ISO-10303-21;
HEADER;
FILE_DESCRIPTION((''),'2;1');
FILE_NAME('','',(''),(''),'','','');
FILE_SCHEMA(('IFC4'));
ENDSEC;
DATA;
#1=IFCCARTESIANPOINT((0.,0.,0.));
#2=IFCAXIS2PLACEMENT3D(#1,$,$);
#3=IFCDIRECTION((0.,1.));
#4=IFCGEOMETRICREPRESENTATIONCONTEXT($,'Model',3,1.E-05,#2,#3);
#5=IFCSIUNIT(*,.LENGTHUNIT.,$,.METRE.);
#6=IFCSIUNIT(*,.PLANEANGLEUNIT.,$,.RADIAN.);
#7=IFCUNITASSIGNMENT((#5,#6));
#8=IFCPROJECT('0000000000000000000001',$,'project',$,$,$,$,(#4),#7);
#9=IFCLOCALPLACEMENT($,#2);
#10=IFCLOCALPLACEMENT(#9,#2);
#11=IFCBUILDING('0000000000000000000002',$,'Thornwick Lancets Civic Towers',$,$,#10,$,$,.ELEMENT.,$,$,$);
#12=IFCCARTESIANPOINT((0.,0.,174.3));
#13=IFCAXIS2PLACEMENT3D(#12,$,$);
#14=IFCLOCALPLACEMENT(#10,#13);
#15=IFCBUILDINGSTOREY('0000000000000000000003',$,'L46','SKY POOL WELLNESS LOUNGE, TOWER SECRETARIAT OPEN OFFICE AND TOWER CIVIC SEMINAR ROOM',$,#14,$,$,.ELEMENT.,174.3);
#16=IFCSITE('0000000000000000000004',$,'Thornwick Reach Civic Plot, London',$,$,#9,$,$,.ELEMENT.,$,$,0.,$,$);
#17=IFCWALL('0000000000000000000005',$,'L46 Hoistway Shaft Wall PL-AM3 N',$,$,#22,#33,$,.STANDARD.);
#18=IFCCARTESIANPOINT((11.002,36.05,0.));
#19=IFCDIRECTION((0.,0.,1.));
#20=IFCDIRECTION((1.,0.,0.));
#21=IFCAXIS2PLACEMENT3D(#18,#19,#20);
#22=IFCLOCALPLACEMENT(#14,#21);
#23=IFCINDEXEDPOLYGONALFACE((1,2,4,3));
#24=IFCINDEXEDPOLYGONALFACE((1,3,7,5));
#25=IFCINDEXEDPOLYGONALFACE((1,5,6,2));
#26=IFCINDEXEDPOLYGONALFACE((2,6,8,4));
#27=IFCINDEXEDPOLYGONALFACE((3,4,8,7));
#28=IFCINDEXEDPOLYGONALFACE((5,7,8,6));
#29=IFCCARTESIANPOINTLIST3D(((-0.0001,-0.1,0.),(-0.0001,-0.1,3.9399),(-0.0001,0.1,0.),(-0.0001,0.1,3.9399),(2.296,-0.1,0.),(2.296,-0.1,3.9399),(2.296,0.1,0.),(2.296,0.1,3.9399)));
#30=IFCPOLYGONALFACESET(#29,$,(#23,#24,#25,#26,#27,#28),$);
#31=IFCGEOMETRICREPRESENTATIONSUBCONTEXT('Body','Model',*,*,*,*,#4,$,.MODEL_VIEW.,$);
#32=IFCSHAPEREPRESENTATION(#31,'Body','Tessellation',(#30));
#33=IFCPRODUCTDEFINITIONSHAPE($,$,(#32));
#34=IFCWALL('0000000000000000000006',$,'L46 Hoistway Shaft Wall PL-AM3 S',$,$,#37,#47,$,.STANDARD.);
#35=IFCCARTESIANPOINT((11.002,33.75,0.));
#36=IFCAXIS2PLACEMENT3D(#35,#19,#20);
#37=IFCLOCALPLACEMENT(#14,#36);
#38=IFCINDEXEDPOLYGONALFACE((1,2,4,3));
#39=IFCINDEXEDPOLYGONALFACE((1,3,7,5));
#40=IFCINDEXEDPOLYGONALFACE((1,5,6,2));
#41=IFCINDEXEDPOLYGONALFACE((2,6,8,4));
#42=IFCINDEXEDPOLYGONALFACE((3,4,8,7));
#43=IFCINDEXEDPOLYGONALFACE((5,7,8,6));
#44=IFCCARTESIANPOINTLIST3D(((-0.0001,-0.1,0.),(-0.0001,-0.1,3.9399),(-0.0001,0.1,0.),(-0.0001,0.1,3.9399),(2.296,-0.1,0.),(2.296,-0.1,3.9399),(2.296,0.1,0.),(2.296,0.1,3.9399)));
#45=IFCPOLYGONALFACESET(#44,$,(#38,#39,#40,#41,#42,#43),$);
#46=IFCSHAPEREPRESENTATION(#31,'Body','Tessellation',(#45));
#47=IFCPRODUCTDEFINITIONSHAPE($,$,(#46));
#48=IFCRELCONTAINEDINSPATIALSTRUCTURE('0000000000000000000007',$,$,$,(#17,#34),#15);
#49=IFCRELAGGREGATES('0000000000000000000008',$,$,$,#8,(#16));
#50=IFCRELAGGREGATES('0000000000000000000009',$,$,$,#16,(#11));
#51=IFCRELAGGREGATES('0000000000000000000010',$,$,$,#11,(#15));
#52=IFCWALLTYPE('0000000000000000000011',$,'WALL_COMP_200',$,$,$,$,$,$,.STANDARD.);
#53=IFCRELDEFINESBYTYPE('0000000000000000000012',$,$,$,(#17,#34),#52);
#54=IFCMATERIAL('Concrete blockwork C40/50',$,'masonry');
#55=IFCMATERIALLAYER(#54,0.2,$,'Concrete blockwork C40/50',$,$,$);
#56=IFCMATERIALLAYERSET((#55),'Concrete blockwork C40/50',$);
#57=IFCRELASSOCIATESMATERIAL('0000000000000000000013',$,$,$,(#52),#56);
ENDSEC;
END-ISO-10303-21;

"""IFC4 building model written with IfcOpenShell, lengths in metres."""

from ifc_helpers import new_model, si_unit, direction, frame, frame_2d, origin, place, context, subcontext, project, spatial, rectangle, extrude, material, layer, layer_set, type_object, element, save


model = new_model("IFC4")

# Units and contexts
model_context = context("Model", 3, precision=1e-05, world=origin(), true_north=direction((0.0, 1.0)))
body_context = subcontext(model_context, "Body", "Model", "MODEL_VIEW")
ifc_project = project(units=[si_unit("LENGTHUNIT", "METRE"), si_unit("PLANEANGLEUNIT", "RADIAN")], contexts=[model_context])

# Site, building, storey
site_placement = place(None, origin())
site = spatial("IfcSite", under=ifc_project, at=site_placement, Name="Thornwick Reach Civic Plot, London", CompositionType="ELEMENT", RefElevation=0.0)
building_placement = place(site_placement, origin())
building = spatial("IfcBuilding", under=site, at=building_placement, Name="Thornwick Lancets Civic Towers", CompositionType="ELEMENT")
storey_placement = place(building_placement, frame((0.0, 0.0, 174.3)))
storey = spatial("IfcBuildingStorey", under=building, at=storey_placement, Name="L46", Description="SKY POOL WELLNESS LOUNGE, TOWER SECRETARIAT OPEN OFFICE AND TOWER CIVIC SEMINAR ROOM", CompositionType="ELEMENT", Elevation=174.3)

# Shared definitions
ifc_material_1 = material(Name="Concrete blockwork C40/50", Category="masonry")
ifc_layer_1 = layer(ifc_material_1, 0.2, Name="Concrete blockwork C40/50")
ifc_layer_set_1 = layer_set([ifc_layer_1], Name="Concrete blockwork C40/50")
wall_type_1 = type_object("IfcWallType", Name="WALL_COMP_200", PredefinedType="STANDARD", material=ifc_layer_set_1)

# Walls
for number, where, z_axis, x_axis, name in (
    (1, (11.002, 36.05, 0.0), (0.0, 0.0, 1.0), (1.0, 0.0, 0.0), "L46 Hoistway Shaft Wall PL-AM3 N"),
    (2, (11.002, 33.75, 0.0), (0.0, 0.0, 1.0), (1.0, 0.0, 0.0), "L46 Hoistway Shaft Wall PL-AM3 S"),
):
    element("IfcWall", number, at=place(storey_placement, frame(where, z_axis=z_axis, x_axis=x_axis)), inside=storey, type_object=wall_type_1, Name=name, PredefinedType="STANDARD", context=body_context, shape_type="SweptSolid", body=[
        extrude(rectangle(XDim=2.2961, YDim=0.2, at=frame_2d((1.1479, 0.0))), origin(), (0.0, 0.0, 1.0), 3.9399),
    ])

save(model, "model.ifc")
